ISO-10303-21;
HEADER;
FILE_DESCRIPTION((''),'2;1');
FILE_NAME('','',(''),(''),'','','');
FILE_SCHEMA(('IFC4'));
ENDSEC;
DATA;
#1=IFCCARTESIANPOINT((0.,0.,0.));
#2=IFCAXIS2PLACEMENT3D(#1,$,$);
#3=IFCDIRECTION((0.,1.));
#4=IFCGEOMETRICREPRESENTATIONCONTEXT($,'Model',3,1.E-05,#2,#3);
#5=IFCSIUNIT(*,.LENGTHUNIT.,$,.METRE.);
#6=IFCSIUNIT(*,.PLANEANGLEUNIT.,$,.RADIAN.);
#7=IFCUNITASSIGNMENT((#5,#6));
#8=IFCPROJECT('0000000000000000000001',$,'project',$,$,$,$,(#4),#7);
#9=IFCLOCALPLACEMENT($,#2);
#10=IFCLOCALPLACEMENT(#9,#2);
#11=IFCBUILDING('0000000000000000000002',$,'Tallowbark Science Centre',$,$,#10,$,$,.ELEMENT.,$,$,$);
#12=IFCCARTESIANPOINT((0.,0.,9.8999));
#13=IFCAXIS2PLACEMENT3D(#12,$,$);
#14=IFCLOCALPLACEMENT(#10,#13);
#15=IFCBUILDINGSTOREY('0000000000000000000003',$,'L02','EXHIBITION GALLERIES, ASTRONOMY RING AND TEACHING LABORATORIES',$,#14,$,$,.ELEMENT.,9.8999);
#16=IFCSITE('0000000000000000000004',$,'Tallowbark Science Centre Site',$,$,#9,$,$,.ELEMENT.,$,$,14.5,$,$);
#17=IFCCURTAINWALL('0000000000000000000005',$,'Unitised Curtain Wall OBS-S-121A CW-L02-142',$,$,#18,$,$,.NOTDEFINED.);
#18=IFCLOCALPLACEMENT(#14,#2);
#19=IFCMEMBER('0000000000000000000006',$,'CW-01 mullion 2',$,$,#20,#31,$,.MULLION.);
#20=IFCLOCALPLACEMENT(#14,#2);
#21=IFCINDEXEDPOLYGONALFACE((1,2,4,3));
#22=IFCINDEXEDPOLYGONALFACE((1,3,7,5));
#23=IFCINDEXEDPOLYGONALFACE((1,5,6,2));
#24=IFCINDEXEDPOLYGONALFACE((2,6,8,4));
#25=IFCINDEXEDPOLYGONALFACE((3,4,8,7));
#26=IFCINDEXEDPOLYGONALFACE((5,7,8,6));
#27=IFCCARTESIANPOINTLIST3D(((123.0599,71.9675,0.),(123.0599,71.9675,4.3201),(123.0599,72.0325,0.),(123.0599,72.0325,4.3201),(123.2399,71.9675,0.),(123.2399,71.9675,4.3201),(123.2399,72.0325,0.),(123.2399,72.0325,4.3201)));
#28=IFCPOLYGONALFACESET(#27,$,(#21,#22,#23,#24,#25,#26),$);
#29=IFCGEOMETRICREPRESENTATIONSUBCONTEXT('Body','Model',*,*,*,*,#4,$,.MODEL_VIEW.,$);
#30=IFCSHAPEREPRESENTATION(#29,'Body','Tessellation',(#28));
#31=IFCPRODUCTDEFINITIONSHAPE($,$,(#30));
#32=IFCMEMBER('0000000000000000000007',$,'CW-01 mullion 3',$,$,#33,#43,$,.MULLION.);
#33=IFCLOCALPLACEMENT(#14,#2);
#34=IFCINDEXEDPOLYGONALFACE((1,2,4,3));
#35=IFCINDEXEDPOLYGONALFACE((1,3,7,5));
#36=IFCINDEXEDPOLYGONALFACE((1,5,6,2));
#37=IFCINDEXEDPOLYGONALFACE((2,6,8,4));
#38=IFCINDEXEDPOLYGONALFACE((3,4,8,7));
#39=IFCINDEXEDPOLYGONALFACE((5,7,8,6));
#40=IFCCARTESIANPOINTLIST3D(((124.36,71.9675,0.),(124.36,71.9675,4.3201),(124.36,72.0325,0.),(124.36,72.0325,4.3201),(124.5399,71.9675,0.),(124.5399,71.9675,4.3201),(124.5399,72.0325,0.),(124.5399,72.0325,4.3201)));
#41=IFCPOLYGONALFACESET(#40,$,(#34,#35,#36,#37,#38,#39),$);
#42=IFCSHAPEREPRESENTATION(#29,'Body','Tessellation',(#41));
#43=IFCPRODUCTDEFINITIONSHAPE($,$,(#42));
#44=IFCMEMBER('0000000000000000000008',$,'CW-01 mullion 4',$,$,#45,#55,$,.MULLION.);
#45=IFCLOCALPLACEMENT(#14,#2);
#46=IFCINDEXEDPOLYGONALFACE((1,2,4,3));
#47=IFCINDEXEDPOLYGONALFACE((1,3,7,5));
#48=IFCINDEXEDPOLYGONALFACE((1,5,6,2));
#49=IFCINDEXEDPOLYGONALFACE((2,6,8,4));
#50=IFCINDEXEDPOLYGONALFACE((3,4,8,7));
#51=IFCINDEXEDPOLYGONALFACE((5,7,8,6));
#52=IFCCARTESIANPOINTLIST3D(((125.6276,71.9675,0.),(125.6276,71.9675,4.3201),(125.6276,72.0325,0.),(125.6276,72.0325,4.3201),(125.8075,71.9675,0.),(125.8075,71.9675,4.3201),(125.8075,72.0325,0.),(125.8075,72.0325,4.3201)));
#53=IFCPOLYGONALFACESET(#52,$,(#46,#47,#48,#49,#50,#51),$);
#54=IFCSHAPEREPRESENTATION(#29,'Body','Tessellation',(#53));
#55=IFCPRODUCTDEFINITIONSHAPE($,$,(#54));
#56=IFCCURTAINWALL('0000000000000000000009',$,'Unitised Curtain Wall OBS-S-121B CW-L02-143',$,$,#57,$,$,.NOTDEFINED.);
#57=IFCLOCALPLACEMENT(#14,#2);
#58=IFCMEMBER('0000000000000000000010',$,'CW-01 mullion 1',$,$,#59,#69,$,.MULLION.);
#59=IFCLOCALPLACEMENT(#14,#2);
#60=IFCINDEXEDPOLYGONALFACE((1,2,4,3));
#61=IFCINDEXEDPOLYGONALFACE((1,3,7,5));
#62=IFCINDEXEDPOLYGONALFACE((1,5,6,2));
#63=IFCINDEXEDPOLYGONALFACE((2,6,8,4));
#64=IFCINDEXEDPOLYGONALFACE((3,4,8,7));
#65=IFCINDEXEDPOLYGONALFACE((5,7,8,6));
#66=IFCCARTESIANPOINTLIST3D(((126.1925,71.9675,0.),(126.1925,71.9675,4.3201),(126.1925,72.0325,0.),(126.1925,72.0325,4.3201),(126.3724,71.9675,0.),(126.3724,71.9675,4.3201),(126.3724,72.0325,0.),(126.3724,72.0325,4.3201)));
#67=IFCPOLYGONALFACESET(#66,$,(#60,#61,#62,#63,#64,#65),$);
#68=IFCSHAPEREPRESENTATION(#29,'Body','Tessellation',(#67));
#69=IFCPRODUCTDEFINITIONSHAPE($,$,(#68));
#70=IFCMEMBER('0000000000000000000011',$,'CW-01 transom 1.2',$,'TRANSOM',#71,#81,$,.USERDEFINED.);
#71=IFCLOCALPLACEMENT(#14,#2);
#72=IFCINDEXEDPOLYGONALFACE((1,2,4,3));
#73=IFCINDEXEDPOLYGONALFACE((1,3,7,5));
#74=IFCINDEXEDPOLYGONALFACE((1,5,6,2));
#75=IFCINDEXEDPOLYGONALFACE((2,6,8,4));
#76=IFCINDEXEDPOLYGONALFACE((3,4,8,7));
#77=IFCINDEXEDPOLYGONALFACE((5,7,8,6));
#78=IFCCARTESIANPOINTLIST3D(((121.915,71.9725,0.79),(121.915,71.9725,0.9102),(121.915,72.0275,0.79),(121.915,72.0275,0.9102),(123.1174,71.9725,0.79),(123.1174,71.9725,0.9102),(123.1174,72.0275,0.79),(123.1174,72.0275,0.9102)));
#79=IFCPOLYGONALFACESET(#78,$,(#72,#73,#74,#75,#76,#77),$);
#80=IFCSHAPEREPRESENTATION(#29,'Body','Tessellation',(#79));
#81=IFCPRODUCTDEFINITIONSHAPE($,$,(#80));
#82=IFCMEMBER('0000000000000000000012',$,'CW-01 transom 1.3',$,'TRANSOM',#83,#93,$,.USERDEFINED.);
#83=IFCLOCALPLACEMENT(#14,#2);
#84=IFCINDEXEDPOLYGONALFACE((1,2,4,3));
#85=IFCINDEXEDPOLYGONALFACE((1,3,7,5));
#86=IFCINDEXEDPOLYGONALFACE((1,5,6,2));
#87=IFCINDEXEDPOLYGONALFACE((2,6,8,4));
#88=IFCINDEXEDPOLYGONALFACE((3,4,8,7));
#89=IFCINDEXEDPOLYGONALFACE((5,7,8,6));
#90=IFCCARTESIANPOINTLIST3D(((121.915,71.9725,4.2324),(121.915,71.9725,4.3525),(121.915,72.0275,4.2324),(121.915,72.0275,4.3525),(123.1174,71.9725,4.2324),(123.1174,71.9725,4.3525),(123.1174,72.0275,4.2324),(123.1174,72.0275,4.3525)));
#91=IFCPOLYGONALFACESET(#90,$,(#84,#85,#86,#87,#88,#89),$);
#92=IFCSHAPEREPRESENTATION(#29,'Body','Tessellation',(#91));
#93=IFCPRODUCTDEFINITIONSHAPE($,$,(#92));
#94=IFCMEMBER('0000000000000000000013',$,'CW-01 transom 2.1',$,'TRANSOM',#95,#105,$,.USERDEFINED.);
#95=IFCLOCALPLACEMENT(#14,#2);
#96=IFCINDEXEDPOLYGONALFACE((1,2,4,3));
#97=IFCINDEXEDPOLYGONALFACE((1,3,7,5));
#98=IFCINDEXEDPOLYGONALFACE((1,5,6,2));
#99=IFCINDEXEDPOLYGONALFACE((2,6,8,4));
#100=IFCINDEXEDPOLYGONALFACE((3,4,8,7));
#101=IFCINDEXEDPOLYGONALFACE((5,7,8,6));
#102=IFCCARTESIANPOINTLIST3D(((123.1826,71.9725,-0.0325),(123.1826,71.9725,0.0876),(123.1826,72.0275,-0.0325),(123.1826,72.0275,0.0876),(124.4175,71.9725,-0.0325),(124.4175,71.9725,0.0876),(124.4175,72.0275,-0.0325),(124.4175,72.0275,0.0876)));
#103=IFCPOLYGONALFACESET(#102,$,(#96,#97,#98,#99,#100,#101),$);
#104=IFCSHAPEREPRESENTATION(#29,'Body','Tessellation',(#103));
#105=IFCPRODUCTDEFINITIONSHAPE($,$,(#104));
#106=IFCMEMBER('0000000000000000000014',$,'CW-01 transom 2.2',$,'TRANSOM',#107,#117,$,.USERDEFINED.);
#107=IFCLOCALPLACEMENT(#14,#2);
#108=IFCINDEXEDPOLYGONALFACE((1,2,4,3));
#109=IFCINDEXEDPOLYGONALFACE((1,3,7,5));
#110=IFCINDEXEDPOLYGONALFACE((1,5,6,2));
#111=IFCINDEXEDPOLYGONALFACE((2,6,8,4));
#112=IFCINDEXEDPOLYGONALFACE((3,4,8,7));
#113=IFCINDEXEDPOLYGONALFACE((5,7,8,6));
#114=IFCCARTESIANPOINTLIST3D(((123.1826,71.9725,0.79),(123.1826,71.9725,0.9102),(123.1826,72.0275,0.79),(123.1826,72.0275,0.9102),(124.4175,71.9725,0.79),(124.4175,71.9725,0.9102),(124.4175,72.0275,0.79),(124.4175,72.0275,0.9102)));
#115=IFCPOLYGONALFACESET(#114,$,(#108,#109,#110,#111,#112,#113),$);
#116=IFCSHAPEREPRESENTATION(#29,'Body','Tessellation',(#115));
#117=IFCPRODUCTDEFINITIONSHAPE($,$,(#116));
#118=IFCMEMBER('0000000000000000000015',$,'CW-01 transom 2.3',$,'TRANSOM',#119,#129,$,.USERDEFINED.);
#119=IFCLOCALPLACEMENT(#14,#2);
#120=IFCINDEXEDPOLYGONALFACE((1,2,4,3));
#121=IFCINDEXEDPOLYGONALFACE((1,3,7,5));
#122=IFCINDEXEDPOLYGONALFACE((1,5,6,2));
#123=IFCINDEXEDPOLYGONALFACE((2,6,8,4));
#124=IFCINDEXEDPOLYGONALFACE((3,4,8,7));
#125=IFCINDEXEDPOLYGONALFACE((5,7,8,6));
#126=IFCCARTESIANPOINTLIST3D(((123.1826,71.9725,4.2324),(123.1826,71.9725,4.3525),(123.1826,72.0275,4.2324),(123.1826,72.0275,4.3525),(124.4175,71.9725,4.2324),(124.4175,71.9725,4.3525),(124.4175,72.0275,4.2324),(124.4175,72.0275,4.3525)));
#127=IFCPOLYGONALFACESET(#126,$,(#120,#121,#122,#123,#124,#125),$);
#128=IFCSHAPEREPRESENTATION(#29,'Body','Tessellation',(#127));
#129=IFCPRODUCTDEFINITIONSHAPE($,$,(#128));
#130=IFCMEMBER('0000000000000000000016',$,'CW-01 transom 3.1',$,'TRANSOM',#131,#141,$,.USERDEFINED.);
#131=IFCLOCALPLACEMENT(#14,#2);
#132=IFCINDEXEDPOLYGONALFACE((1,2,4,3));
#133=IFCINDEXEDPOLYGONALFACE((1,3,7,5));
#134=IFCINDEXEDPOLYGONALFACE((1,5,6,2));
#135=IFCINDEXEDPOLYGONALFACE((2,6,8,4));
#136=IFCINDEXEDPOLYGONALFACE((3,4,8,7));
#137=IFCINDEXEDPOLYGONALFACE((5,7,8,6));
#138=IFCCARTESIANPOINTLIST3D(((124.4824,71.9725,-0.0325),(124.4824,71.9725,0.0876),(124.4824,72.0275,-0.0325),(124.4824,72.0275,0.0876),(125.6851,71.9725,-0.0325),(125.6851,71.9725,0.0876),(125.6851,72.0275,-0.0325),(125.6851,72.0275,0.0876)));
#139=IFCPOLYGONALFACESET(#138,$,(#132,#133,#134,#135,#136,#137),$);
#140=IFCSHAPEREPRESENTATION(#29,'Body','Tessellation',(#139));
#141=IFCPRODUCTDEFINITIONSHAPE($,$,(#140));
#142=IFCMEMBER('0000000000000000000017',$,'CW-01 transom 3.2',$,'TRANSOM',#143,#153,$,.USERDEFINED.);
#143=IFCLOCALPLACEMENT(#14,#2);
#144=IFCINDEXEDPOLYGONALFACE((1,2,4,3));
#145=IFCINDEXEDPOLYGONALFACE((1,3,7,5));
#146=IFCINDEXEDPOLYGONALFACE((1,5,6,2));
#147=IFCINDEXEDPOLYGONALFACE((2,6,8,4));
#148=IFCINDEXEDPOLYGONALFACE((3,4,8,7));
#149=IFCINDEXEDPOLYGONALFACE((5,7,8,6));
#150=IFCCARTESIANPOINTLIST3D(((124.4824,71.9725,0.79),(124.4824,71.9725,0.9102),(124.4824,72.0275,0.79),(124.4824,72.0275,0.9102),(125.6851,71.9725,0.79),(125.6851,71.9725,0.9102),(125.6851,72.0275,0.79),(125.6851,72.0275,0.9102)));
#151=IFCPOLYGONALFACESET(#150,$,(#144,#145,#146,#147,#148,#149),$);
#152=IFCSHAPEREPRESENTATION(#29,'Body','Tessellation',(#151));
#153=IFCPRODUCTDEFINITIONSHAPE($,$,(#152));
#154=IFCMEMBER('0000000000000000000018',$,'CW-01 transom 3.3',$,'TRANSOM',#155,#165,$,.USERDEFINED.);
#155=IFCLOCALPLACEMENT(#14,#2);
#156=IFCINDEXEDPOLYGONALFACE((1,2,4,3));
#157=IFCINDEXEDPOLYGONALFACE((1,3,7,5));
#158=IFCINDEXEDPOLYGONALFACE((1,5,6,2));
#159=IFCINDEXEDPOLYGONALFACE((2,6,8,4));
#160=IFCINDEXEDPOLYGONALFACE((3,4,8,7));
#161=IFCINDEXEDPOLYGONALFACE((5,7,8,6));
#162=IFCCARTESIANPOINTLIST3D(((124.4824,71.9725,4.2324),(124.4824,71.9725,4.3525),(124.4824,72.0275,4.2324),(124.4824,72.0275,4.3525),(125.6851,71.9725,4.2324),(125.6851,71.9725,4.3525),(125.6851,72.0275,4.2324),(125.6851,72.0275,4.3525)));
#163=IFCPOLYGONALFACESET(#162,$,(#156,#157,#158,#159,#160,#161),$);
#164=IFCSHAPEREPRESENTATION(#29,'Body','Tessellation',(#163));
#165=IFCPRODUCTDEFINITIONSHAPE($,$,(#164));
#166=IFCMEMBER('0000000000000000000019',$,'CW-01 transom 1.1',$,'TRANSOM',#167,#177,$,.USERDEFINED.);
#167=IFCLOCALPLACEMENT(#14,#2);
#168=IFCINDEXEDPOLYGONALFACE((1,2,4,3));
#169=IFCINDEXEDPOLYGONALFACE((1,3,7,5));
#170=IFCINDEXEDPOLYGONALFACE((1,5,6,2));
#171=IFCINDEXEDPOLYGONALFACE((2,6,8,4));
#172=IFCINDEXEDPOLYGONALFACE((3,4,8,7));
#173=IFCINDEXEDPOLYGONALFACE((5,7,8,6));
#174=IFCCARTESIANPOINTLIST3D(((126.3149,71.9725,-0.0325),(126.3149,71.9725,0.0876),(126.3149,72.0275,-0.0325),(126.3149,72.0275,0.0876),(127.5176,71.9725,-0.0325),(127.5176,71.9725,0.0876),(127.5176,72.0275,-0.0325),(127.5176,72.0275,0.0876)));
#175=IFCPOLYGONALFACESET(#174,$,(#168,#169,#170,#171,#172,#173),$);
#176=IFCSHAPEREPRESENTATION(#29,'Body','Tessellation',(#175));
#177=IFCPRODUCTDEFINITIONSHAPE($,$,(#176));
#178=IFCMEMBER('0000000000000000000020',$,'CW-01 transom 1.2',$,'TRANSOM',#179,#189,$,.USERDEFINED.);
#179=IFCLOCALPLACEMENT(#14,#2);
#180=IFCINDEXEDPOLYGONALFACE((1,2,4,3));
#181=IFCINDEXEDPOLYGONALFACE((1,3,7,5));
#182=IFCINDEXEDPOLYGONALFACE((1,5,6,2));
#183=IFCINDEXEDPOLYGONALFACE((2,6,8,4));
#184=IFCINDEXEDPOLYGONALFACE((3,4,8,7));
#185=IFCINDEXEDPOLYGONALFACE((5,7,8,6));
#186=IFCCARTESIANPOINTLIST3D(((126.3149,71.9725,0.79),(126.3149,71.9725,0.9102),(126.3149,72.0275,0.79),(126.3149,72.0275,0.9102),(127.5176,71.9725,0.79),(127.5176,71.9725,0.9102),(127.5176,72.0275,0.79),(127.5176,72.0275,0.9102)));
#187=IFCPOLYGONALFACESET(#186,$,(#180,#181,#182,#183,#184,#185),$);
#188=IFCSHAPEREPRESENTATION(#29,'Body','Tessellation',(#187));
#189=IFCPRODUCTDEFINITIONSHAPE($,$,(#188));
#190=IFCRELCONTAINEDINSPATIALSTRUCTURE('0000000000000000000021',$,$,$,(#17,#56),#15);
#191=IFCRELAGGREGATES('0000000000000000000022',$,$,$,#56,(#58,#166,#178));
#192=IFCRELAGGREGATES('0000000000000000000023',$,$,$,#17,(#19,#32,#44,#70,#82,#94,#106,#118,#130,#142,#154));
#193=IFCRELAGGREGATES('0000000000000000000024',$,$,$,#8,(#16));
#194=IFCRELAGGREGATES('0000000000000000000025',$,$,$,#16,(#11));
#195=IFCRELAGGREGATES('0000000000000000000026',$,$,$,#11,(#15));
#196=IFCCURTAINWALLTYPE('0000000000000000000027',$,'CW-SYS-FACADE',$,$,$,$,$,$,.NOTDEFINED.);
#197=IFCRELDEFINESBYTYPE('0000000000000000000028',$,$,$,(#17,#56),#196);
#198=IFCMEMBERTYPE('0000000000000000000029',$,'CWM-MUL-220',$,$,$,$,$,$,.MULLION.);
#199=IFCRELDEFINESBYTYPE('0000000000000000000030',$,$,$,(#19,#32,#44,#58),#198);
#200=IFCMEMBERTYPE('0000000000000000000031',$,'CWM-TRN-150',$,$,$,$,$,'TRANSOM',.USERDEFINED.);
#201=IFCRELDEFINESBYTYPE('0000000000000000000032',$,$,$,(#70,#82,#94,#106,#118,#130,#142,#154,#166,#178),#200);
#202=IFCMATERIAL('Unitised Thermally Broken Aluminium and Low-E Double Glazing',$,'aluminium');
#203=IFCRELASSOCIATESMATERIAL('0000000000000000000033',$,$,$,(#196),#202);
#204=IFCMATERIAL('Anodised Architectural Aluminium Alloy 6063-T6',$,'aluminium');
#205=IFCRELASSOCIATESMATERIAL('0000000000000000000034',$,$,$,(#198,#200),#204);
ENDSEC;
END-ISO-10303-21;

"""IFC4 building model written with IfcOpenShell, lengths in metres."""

from ifc_helpers import new_model, si_unit, direction, frame, origin, origin_2d, place, context, subcontext, project, spatial, rectangle, extrude, material, material_profile, profile_set, type_object, element, aggregate, save


model = new_model("IFC4")

# Units and contexts
model_context = context("Model", 3, precision=1e-05, world=origin(), true_north=direction((0.0, 1.0)))
body_context = subcontext(model_context, "Body", "Model", "MODEL_VIEW")
ifc_project = project(units=[si_unit("LENGTHUNIT", "METRE"), si_unit("PLANEANGLEUNIT", "RADIAN")], contexts=[model_context])

# Site, building, storey
site_placement = place(None, origin())
site = spatial("IfcSite", under=ifc_project, at=site_placement, Name="Tallowbark Science Centre Site", CompositionType="ELEMENT", RefElevation=14.5)
building_placement = place(site_placement, origin())
building = spatial("IfcBuilding", under=site, at=building_placement, Name="Tallowbark Science Centre", CompositionType="ELEMENT")
storey_placement = place(building_placement, frame((0.0, 0.0, 9.8999)))
storey = spatial("IfcBuildingStorey", under=building, at=storey_placement, Name="L02", Description="EXHIBITION GALLERIES, ASTRONOMY RING AND TEACHING LABORATORIES", CompositionType="ELEMENT", Elevation=9.8999)

# Curtain wall, members
ifc_material_1 = material(Name="Unitised Thermally Broken Aluminium and Low-E Double Glazing", Category="aluminium")
curtain_wall_type = type_object("IfcCurtainWallType", Name="CW-SYS-FACADE", PredefinedType="NOTDEFINED", material=ifc_material_1)
curtain_wall_1_placement = place(storey_placement, origin())
curtain_wall_1 = element("IfcCurtainWall", 1, at=curtain_wall_1_placement, inside=storey, type_object=curtain_wall_type, Name="Unitised Curtain Wall OBS-S-121A CW-L02-142", PredefinedType="NOTDEFINED")
ifc_material_2 = material(Name="Anodised Architectural Aluminium Alloy 6063-T6", Category="aluminium")
ifc_material_profile_1 = material_profile(ifc_material_2, rectangle(XDim=0.0649, YDim=0.1799, at=origin_2d()), Name="ALU65x180")
ifc_profile_set_1 = profile_set([ifc_material_profile_1], Name="Anodised Architectural Aluminium Alloy 6063-T6")
member_type_1 = type_object("IfcMemberType", Name="CWM-MUL-220", PredefinedType="MULLION", material=ifc_profile_set_1)
member_1_placement = place(storey_placement, frame((123.1499, 72.0, 0.0), z_axis=(0.0, 0.0, 1.0), x_axis=(0.0, 1.0, 0.0)))
member_1 = element("IfcMember", 2, at=member_1_placement, type_object=member_type_1, Name="CW-01 mullion 2", PredefinedType="MULLION", context=body_context, shape_type="SweptSolid", body=[
    extrude(rectangle(XDim=0.0649, YDim=0.1799, at=origin_2d()), origin(), (0.0, 0.0, 1.0), 4.3201),
])
member_2_placement = place(storey_placement, frame((124.45, 72.0, 0.0), z_axis=(0.0, 0.0, 1.0), x_axis=(0.0, 1.0, 0.0)))
member_2 = element("IfcMember", 3, at=member_2_placement, type_object=member_type_1, Name="CW-01 mullion 3", PredefinedType="MULLION", context=body_context, shape_type="SweptSolid", body=[
    extrude(rectangle(XDim=0.0649, YDim=0.1799, at=origin_2d()), origin(), (0.0, 0.0, 1.0), 4.3201),
])
member_3_placement = place(storey_placement, frame((125.7175, 72.0, 0.0), z_axis=(0.0, 0.0, 1.0), x_axis=(0.0, 1.0, 0.0)))
member_3 = element("IfcMember", 4, at=member_3_placement, type_object=member_type_1, Name="CW-01 mullion 4", PredefinedType="MULLION", context=body_context, shape_type="SweptSolid", body=[
    extrude(rectangle(XDim=0.0649, YDim=0.1799, at=origin_2d()), origin(), (0.0, 0.0, 1.0), 4.3201),
])

# Curtain wall, member
curtain_wall_2_placement = place(storey_placement, origin())
curtain_wall_2 = element("IfcCurtainWall", 5, at=curtain_wall_2_placement, inside=storey, type_object=curtain_wall_type, Name="Unitised Curtain Wall OBS-S-121B CW-L02-143", PredefinedType="NOTDEFINED")
member_4_placement = place(storey_placement, frame((126.2825, 72.0, 0.0), z_axis=(0.0, 0.0, 1.0), x_axis=(0.0, 1.0, 0.0)))
member_4 = element("IfcMember", 6, at=member_4_placement, type_object=member_type_1, Name="CW-01 mullion 1", PredefinedType="MULLION", context=body_context, shape_type="SweptSolid", body=[
    extrude(rectangle(XDim=0.0649, YDim=0.1799, at=origin_2d()), origin(), (0.0, 0.0, 1.0), 4.3201),
])

# Members
ifc_material_profile_2 = material_profile(ifc_material_2, rectangle(XDim=0.0549, YDim=0.1201, at=origin_2d()), Name="ALU55x120")
ifc_profile_set_2 = profile_set([ifc_material_profile_2], Name="Anodised Architectural Aluminium Alloy 6063-T6")
member_type_2 = type_object("IfcMemberType", Name="CWM-TRN-150", ElementType="TRANSOM", PredefinedType="USERDEFINED", material=ifc_profile_set_2)
member_5_placement = place(storey_placement, frame((121.915, 72.0, 0.8501), z_axis=(1.0, 0.0, 0.0), x_axis=(0.0, 1.0, 0.0)))
member_5 = element("IfcMember", 7, at=member_5_placement, type_object=member_type_2, Name="CW-01 transom 1.2", ObjectType="TRANSOM", PredefinedType="USERDEFINED", context=body_context, shape_type="SweptSolid", body=[
    extrude(rectangle(XDim=0.0549, YDim=0.1201, at=origin_2d()), origin(), (0.0, 0.0, 1.0), 1.2024),
])
member_6_placement = place(storey_placement, frame((121.915, 72.0, 4.2925), z_axis=(1.0, 0.0, 0.0), x_axis=(0.0, 1.0, 0.0)))
member_6 = element("IfcMember", 8, at=member_6_placement, type_object=member_type_2, Name="CW-01 transom 1.3", ObjectType="TRANSOM", PredefinedType="USERDEFINED", context=body_context, shape_type="SweptSolid", body=[
    extrude(rectangle(XDim=0.0549, YDim=0.1201, at=origin_2d()), origin(), (0.0, 0.0, 1.0), 1.2024),
])
member_7_placement = place(storey_placement, frame((123.1826, 72.0, 0.0276), z_axis=(1.0, 0.0, 0.0), x_axis=(0.0, 1.0, 0.0)))
member_7 = element("IfcMember", 9, at=member_7_placement, type_object=member_type_2, Name="CW-01 transom 2.1", ObjectType="TRANSOM", PredefinedType="USERDEFINED", context=body_context, shape_type="SweptSolid", body=[
    extrude(rectangle(XDim=0.0549, YDim=0.1201, at=origin_2d()), origin(), (0.0, 0.0, 1.0), 1.2349),
])
member_8_placement = place(storey_placement, frame((123.1826, 72.0, 0.8501), z_axis=(1.0, 0.0, 0.0), x_axis=(0.0, 1.0, 0.0)))
member_8 = element("IfcMember", 10, at=member_8_placement, type_object=member_type_2, Name="CW-01 transom 2.2", ObjectType="TRANSOM", PredefinedType="USERDEFINED", context=body_context, shape_type="SweptSolid", body=[
    extrude(rectangle(XDim=0.0549, YDim=0.1201, at=origin_2d()), origin(), (0.0, 0.0, 1.0), 1.2349),
])
member_9_placement = place(storey_placement, frame((123.1826, 72.0, 4.2925), z_axis=(1.0, 0.0, 0.0), x_axis=(0.0, 1.0, 0.0)))
member_9 = element("IfcMember", 11, at=member_9_placement, type_object=member_type_2, Name="CW-01 transom 2.3", ObjectType="TRANSOM", PredefinedType="USERDEFINED", context=body_context, shape_type="SweptSolid", body=[
    extrude(rectangle(XDim=0.0549, YDim=0.1201, at=origin_2d()), origin(), (0.0, 0.0, 1.0), 1.2349),
])
member_10_placement = place(storey_placement, frame((124.4824, 72.0, 0.0276), z_axis=(1.0, 0.0, 0.0), x_axis=(0.0, 1.0, 0.0)))
member_10 = element("IfcMember", 12, at=member_10_placement, type_object=member_type_2, Name="CW-01 transom 3.1", ObjectType="TRANSOM", PredefinedType="USERDEFINED", context=body_context, shape_type="SweptSolid", body=[
    extrude(rectangle(XDim=0.0549, YDim=0.1201, at=origin_2d()), origin(), (0.0, 0.0, 1.0), 1.2026),
])
member_11_placement = place(storey_placement, frame((124.4824, 72.0, 0.8501), z_axis=(1.0, 0.0, 0.0), x_axis=(0.0, 1.0, 0.0)))
member_11 = element("IfcMember", 13, at=member_11_placement, type_object=member_type_2, Name="CW-01 transom 3.2", ObjectType="TRANSOM", PredefinedType="USERDEFINED", context=body_context, shape_type="SweptSolid", body=[
    extrude(rectangle(XDim=0.0549, YDim=0.1201, at=origin_2d()), origin(), (0.0, 0.0, 1.0), 1.2026),
])
member_12_placement = place(storey_placement, frame((124.4824, 72.0, 4.2925), z_axis=(1.0, 0.0, 0.0), x_axis=(0.0, 1.0, 0.0)))
member_12 = element("IfcMember", 14, at=member_12_placement, type_object=member_type_2, Name="CW-01 transom 3.3", ObjectType="TRANSOM", PredefinedType="USERDEFINED", context=body_context, shape_type="SweptSolid", body=[
    extrude(rectangle(XDim=0.0549, YDim=0.1201, at=origin_2d()), origin(), (0.0, 0.0, 1.0), 1.2026),
])
member_13_placement = place(storey_placement, frame((126.3149, 72.0, 0.0276), z_axis=(1.0, 0.0, 0.0), x_axis=(0.0, 1.0, 0.0)))
member_13 = element("IfcMember", 15, at=member_13_placement, type_object=member_type_2, Name="CW-01 transom 1.1", ObjectType="TRANSOM", PredefinedType="USERDEFINED", context=body_context, shape_type="SweptSolid", body=[
    extrude(rectangle(XDim=0.0549, YDim=0.1201, at=origin_2d()), origin(), (0.0, 0.0, 1.0), 1.2026),
])
member_14_placement = place(storey_placement, frame((126.3149, 72.0, 0.8501), z_axis=(1.0, 0.0, 0.0), x_axis=(0.0, 1.0, 0.0)))
member_14 = element("IfcMember", 16, at=member_14_placement, type_object=member_type_2, Name="CW-01 transom 1.2", ObjectType="TRANSOM", PredefinedType="USERDEFINED", context=body_context, shape_type="SweptSolid", body=[
    extrude(rectangle(XDim=0.0549, YDim=0.1201, at=origin_2d()), origin(), (0.0, 0.0, 1.0), 1.2026),
])
aggregate(curtain_wall_2, [member_4, member_13, member_14])

aggregate(curtain_wall_1, [member_1, member_2, member_3, member_5, member_6, member_7, member_8, member_9, member_10, member_11, member_12])

save(model, "model.ifc")
